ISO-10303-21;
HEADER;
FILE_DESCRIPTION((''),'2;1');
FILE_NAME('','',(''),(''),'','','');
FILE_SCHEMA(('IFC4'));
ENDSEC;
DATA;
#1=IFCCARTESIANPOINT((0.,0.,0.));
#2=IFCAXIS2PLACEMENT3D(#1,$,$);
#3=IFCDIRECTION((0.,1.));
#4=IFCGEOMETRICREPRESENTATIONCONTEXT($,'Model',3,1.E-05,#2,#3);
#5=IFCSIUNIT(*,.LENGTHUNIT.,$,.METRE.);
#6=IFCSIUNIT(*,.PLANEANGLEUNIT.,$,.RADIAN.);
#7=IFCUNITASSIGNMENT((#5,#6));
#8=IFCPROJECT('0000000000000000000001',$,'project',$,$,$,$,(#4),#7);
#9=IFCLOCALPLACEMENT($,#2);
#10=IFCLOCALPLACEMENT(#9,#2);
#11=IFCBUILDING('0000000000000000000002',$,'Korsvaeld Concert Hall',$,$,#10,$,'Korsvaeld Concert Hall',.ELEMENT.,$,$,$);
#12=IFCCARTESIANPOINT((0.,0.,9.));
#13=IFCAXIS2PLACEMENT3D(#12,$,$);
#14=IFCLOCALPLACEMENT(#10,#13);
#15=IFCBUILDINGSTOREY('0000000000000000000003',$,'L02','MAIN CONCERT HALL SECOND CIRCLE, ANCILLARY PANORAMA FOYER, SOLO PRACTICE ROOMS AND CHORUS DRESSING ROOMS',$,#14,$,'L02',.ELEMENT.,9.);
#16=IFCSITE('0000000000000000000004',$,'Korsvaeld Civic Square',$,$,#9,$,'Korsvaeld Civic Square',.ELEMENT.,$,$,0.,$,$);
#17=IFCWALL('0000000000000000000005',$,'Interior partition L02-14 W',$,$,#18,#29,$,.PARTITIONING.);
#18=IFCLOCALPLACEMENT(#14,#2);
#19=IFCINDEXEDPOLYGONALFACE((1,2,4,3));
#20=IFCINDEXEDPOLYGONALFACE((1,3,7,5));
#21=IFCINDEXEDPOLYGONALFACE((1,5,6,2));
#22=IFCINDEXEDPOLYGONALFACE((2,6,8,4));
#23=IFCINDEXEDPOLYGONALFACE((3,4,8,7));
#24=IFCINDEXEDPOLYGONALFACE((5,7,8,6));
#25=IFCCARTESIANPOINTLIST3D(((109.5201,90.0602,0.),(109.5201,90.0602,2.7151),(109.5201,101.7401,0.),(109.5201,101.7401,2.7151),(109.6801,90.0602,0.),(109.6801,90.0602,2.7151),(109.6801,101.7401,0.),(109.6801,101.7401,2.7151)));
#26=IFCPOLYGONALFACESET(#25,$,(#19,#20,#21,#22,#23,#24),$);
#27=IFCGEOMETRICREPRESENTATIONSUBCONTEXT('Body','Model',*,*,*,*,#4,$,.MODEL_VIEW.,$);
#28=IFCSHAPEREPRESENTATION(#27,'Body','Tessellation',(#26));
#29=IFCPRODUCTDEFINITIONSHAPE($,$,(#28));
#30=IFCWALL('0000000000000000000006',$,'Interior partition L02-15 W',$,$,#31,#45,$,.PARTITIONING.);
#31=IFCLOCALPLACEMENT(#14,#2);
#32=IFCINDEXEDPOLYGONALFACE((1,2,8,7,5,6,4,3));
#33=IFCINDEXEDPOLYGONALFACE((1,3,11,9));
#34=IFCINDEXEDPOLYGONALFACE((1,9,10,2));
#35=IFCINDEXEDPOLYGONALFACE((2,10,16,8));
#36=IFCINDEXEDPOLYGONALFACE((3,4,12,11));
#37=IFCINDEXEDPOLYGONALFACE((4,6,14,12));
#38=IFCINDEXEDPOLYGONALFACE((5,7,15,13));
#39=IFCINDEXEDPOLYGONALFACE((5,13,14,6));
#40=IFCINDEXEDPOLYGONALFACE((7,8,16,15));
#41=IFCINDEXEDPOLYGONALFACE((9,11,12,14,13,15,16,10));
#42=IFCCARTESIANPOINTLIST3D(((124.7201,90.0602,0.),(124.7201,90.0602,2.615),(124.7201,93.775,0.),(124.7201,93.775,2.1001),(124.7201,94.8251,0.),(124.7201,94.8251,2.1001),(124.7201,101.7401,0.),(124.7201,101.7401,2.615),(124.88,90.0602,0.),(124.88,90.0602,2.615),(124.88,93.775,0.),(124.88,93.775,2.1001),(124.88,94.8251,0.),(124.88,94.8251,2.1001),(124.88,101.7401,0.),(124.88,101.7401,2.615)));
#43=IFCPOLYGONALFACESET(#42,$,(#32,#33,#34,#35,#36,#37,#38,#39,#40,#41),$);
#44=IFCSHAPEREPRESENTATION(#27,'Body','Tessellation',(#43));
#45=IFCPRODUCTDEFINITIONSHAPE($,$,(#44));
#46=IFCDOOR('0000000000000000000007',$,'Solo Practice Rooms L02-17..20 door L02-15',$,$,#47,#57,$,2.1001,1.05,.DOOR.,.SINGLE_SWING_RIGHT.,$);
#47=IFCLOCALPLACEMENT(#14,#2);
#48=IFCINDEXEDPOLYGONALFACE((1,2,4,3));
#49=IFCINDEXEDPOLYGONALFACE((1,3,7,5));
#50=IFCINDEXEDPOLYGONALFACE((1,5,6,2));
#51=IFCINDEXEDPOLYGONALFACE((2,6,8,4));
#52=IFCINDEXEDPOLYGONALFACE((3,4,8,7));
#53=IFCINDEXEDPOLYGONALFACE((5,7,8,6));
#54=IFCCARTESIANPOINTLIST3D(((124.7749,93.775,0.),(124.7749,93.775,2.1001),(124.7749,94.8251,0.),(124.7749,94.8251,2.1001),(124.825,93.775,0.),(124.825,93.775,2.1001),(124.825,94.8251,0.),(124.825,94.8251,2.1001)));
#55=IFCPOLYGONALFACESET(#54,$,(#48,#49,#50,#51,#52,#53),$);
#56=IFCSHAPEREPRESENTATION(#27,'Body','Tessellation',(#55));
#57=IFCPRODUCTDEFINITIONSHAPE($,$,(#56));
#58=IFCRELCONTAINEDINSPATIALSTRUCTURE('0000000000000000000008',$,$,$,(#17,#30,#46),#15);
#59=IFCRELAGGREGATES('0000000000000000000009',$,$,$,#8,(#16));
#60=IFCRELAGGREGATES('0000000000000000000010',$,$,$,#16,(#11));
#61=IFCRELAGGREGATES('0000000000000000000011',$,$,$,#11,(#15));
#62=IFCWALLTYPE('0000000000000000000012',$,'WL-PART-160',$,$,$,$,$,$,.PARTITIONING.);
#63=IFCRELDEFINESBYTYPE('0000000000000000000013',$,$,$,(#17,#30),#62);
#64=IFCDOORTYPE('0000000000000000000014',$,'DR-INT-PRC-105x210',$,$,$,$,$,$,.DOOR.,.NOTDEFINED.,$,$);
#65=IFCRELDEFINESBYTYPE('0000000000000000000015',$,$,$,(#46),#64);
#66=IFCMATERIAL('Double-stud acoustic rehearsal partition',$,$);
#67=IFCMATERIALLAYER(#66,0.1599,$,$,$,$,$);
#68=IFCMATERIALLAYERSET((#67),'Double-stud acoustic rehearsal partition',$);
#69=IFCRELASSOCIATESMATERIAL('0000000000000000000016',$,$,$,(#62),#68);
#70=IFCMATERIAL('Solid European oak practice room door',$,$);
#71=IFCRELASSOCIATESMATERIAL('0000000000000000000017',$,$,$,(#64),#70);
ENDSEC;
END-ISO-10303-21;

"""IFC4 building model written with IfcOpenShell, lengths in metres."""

from ifc_helpers import new_model, si_unit, direction, frame, frame_2d, origin, place, context, subcontext, project, spatial, rectangle, extrude, material, layer, layer_set, type_object, element, fill, save


model = new_model("IFC4")

# Units and contexts
model_context = context("Model", 3, precision=1e-05, world=origin(), true_north=direction((0.0, 1.0)))
body_context = subcontext(model_context, "Body", "Model", "MODEL_VIEW")
ifc_project = project(units=[si_unit("LENGTHUNIT", "METRE"), si_unit("PLANEANGLEUNIT", "RADIAN")], contexts=[model_context])

# Site, building, storey
site_placement = place(None, origin())
site = spatial("IfcSite", under=ifc_project, at=site_placement, Name="Korsvaeld Civic Square", LongName="Korsvaeld Civic Square", CompositionType="ELEMENT", RefElevation=0.0)
building_placement = place(site_placement, origin())
building = spatial("IfcBuilding", under=site, at=building_placement, Name="Korsvaeld Concert Hall", LongName="Korsvaeld Concert Hall", CompositionType="ELEMENT")
storey_placement = place(building_placement, frame((0.0, 0.0, 9.0)))
storey = spatial("IfcBuildingStorey", under=building, at=storey_placement, Name="L02", Description="MAIN CONCERT HALL SECOND CIRCLE, ANCILLARY PANORAMA FOYER, SOLO PRACTICE ROOMS AND CHORUS DRESSING ROOMS", LongName="L02", CompositionType="ELEMENT", Elevation=9.0)

# Wall
ifc_material_1 = material(Name="Double-stud acoustic rehearsal partition")
ifc_layer_1 = layer(ifc_material_1, 0.1599)
ifc_layer_set_1 = layer_set([ifc_layer_1], Name="Double-stud acoustic rehearsal partition")
wall_type_1 = type_object("IfcWallType", Name="WL-PART-160", PredefinedType="PARTITIONING", material=ifc_layer_set_1)
wall_1_placement = place(storey_placement, frame((109.6001, 101.74, 0.0), z_axis=(0.0, 0.0, 1.0), x_axis=(0.0, -1.0, 0.0)))
element("IfcWall", 1, at=wall_1_placement, inside=storey, type_object=wall_type_1, Name="Interior partition L02-14 W", PredefinedType="PARTITIONING", context=body_context, shape_type="SweptSolid", body=[
    extrude(rectangle(XDim=11.6799, YDim=0.1599, at=frame_2d((5.8398, 0.0))), origin(), (0.0, 0.0, 1.0), 2.7151),
])

# Wall, opening, door
wall_2_placement = place(storey_placement, frame((124.8, 101.74, 0.0), z_axis=(0.0, 0.0, 1.0), x_axis=(0.0, -1.0, 0.0)))
wall_2 = element("IfcWall", 2, at=wall_2_placement, inside=storey, type_object=wall_type_1, Name="Interior partition L02-15 W", PredefinedType="PARTITIONING", context=body_context, shape_type="SweptSolid", body=[
    extrude(rectangle(XDim=11.6799, YDim=0.1599, at=frame_2d((5.8398, 0.0))), origin(), (0.0, 0.0, 1.0), 2.615),
])
opening_1_placement = place(wall_2_placement, frame((6.915, 0.0, 0.0)))
opening_1 = element("IfcOpeningElement", 3, at=opening_1_placement, cuts=wall_2, PredefinedType="OPENING", context=body_context, shape_type="SweptSolid", body=[
    extrude(rectangle(XDim=1.05, YDim=2.1001, at=frame_2d((0.5249, 1.05))), frame((0.0, 0.0898, 0.0), z_axis=(0.0, -1.0, 0.0), x_axis=(1.0, 0.0, 0.0)), (0.0, 0.0, 1.0), 0.1799),
])
ifc_material_2 = material(Name="Solid European oak practice room door")
door_type = type_object("IfcDoorType", Name="DR-INT-PRC-105x210", OperationType="NOTDEFINED", PredefinedType="DOOR", material=ifc_material_2)
door_placement = place(opening_1_placement, origin())
door = element("IfcDoor", 4, at=door_placement, inside=storey, type_object=door_type, Name="Solo Practice Rooms L02-17..20 door L02-15", OperationType="SINGLE_SWING_RIGHT", OverallHeight=2.1001, OverallWidth=1.05, PredefinedType="DOOR", context=body_context, shape_type="SweptSolid", body=[
    extrude(rectangle(XDim=1.05, YDim=2.1001, at=frame_2d((0.5249, 1.05))), frame((0.0, 0.0249, 0.0), z_axis=(0.0, -1.0, 0.0), x_axis=(1.0, 0.0, 0.0)), (0.0, 0.0, 1.0), 0.05),
])
fill(opening_1, door)

save(model, "model.ifc")
